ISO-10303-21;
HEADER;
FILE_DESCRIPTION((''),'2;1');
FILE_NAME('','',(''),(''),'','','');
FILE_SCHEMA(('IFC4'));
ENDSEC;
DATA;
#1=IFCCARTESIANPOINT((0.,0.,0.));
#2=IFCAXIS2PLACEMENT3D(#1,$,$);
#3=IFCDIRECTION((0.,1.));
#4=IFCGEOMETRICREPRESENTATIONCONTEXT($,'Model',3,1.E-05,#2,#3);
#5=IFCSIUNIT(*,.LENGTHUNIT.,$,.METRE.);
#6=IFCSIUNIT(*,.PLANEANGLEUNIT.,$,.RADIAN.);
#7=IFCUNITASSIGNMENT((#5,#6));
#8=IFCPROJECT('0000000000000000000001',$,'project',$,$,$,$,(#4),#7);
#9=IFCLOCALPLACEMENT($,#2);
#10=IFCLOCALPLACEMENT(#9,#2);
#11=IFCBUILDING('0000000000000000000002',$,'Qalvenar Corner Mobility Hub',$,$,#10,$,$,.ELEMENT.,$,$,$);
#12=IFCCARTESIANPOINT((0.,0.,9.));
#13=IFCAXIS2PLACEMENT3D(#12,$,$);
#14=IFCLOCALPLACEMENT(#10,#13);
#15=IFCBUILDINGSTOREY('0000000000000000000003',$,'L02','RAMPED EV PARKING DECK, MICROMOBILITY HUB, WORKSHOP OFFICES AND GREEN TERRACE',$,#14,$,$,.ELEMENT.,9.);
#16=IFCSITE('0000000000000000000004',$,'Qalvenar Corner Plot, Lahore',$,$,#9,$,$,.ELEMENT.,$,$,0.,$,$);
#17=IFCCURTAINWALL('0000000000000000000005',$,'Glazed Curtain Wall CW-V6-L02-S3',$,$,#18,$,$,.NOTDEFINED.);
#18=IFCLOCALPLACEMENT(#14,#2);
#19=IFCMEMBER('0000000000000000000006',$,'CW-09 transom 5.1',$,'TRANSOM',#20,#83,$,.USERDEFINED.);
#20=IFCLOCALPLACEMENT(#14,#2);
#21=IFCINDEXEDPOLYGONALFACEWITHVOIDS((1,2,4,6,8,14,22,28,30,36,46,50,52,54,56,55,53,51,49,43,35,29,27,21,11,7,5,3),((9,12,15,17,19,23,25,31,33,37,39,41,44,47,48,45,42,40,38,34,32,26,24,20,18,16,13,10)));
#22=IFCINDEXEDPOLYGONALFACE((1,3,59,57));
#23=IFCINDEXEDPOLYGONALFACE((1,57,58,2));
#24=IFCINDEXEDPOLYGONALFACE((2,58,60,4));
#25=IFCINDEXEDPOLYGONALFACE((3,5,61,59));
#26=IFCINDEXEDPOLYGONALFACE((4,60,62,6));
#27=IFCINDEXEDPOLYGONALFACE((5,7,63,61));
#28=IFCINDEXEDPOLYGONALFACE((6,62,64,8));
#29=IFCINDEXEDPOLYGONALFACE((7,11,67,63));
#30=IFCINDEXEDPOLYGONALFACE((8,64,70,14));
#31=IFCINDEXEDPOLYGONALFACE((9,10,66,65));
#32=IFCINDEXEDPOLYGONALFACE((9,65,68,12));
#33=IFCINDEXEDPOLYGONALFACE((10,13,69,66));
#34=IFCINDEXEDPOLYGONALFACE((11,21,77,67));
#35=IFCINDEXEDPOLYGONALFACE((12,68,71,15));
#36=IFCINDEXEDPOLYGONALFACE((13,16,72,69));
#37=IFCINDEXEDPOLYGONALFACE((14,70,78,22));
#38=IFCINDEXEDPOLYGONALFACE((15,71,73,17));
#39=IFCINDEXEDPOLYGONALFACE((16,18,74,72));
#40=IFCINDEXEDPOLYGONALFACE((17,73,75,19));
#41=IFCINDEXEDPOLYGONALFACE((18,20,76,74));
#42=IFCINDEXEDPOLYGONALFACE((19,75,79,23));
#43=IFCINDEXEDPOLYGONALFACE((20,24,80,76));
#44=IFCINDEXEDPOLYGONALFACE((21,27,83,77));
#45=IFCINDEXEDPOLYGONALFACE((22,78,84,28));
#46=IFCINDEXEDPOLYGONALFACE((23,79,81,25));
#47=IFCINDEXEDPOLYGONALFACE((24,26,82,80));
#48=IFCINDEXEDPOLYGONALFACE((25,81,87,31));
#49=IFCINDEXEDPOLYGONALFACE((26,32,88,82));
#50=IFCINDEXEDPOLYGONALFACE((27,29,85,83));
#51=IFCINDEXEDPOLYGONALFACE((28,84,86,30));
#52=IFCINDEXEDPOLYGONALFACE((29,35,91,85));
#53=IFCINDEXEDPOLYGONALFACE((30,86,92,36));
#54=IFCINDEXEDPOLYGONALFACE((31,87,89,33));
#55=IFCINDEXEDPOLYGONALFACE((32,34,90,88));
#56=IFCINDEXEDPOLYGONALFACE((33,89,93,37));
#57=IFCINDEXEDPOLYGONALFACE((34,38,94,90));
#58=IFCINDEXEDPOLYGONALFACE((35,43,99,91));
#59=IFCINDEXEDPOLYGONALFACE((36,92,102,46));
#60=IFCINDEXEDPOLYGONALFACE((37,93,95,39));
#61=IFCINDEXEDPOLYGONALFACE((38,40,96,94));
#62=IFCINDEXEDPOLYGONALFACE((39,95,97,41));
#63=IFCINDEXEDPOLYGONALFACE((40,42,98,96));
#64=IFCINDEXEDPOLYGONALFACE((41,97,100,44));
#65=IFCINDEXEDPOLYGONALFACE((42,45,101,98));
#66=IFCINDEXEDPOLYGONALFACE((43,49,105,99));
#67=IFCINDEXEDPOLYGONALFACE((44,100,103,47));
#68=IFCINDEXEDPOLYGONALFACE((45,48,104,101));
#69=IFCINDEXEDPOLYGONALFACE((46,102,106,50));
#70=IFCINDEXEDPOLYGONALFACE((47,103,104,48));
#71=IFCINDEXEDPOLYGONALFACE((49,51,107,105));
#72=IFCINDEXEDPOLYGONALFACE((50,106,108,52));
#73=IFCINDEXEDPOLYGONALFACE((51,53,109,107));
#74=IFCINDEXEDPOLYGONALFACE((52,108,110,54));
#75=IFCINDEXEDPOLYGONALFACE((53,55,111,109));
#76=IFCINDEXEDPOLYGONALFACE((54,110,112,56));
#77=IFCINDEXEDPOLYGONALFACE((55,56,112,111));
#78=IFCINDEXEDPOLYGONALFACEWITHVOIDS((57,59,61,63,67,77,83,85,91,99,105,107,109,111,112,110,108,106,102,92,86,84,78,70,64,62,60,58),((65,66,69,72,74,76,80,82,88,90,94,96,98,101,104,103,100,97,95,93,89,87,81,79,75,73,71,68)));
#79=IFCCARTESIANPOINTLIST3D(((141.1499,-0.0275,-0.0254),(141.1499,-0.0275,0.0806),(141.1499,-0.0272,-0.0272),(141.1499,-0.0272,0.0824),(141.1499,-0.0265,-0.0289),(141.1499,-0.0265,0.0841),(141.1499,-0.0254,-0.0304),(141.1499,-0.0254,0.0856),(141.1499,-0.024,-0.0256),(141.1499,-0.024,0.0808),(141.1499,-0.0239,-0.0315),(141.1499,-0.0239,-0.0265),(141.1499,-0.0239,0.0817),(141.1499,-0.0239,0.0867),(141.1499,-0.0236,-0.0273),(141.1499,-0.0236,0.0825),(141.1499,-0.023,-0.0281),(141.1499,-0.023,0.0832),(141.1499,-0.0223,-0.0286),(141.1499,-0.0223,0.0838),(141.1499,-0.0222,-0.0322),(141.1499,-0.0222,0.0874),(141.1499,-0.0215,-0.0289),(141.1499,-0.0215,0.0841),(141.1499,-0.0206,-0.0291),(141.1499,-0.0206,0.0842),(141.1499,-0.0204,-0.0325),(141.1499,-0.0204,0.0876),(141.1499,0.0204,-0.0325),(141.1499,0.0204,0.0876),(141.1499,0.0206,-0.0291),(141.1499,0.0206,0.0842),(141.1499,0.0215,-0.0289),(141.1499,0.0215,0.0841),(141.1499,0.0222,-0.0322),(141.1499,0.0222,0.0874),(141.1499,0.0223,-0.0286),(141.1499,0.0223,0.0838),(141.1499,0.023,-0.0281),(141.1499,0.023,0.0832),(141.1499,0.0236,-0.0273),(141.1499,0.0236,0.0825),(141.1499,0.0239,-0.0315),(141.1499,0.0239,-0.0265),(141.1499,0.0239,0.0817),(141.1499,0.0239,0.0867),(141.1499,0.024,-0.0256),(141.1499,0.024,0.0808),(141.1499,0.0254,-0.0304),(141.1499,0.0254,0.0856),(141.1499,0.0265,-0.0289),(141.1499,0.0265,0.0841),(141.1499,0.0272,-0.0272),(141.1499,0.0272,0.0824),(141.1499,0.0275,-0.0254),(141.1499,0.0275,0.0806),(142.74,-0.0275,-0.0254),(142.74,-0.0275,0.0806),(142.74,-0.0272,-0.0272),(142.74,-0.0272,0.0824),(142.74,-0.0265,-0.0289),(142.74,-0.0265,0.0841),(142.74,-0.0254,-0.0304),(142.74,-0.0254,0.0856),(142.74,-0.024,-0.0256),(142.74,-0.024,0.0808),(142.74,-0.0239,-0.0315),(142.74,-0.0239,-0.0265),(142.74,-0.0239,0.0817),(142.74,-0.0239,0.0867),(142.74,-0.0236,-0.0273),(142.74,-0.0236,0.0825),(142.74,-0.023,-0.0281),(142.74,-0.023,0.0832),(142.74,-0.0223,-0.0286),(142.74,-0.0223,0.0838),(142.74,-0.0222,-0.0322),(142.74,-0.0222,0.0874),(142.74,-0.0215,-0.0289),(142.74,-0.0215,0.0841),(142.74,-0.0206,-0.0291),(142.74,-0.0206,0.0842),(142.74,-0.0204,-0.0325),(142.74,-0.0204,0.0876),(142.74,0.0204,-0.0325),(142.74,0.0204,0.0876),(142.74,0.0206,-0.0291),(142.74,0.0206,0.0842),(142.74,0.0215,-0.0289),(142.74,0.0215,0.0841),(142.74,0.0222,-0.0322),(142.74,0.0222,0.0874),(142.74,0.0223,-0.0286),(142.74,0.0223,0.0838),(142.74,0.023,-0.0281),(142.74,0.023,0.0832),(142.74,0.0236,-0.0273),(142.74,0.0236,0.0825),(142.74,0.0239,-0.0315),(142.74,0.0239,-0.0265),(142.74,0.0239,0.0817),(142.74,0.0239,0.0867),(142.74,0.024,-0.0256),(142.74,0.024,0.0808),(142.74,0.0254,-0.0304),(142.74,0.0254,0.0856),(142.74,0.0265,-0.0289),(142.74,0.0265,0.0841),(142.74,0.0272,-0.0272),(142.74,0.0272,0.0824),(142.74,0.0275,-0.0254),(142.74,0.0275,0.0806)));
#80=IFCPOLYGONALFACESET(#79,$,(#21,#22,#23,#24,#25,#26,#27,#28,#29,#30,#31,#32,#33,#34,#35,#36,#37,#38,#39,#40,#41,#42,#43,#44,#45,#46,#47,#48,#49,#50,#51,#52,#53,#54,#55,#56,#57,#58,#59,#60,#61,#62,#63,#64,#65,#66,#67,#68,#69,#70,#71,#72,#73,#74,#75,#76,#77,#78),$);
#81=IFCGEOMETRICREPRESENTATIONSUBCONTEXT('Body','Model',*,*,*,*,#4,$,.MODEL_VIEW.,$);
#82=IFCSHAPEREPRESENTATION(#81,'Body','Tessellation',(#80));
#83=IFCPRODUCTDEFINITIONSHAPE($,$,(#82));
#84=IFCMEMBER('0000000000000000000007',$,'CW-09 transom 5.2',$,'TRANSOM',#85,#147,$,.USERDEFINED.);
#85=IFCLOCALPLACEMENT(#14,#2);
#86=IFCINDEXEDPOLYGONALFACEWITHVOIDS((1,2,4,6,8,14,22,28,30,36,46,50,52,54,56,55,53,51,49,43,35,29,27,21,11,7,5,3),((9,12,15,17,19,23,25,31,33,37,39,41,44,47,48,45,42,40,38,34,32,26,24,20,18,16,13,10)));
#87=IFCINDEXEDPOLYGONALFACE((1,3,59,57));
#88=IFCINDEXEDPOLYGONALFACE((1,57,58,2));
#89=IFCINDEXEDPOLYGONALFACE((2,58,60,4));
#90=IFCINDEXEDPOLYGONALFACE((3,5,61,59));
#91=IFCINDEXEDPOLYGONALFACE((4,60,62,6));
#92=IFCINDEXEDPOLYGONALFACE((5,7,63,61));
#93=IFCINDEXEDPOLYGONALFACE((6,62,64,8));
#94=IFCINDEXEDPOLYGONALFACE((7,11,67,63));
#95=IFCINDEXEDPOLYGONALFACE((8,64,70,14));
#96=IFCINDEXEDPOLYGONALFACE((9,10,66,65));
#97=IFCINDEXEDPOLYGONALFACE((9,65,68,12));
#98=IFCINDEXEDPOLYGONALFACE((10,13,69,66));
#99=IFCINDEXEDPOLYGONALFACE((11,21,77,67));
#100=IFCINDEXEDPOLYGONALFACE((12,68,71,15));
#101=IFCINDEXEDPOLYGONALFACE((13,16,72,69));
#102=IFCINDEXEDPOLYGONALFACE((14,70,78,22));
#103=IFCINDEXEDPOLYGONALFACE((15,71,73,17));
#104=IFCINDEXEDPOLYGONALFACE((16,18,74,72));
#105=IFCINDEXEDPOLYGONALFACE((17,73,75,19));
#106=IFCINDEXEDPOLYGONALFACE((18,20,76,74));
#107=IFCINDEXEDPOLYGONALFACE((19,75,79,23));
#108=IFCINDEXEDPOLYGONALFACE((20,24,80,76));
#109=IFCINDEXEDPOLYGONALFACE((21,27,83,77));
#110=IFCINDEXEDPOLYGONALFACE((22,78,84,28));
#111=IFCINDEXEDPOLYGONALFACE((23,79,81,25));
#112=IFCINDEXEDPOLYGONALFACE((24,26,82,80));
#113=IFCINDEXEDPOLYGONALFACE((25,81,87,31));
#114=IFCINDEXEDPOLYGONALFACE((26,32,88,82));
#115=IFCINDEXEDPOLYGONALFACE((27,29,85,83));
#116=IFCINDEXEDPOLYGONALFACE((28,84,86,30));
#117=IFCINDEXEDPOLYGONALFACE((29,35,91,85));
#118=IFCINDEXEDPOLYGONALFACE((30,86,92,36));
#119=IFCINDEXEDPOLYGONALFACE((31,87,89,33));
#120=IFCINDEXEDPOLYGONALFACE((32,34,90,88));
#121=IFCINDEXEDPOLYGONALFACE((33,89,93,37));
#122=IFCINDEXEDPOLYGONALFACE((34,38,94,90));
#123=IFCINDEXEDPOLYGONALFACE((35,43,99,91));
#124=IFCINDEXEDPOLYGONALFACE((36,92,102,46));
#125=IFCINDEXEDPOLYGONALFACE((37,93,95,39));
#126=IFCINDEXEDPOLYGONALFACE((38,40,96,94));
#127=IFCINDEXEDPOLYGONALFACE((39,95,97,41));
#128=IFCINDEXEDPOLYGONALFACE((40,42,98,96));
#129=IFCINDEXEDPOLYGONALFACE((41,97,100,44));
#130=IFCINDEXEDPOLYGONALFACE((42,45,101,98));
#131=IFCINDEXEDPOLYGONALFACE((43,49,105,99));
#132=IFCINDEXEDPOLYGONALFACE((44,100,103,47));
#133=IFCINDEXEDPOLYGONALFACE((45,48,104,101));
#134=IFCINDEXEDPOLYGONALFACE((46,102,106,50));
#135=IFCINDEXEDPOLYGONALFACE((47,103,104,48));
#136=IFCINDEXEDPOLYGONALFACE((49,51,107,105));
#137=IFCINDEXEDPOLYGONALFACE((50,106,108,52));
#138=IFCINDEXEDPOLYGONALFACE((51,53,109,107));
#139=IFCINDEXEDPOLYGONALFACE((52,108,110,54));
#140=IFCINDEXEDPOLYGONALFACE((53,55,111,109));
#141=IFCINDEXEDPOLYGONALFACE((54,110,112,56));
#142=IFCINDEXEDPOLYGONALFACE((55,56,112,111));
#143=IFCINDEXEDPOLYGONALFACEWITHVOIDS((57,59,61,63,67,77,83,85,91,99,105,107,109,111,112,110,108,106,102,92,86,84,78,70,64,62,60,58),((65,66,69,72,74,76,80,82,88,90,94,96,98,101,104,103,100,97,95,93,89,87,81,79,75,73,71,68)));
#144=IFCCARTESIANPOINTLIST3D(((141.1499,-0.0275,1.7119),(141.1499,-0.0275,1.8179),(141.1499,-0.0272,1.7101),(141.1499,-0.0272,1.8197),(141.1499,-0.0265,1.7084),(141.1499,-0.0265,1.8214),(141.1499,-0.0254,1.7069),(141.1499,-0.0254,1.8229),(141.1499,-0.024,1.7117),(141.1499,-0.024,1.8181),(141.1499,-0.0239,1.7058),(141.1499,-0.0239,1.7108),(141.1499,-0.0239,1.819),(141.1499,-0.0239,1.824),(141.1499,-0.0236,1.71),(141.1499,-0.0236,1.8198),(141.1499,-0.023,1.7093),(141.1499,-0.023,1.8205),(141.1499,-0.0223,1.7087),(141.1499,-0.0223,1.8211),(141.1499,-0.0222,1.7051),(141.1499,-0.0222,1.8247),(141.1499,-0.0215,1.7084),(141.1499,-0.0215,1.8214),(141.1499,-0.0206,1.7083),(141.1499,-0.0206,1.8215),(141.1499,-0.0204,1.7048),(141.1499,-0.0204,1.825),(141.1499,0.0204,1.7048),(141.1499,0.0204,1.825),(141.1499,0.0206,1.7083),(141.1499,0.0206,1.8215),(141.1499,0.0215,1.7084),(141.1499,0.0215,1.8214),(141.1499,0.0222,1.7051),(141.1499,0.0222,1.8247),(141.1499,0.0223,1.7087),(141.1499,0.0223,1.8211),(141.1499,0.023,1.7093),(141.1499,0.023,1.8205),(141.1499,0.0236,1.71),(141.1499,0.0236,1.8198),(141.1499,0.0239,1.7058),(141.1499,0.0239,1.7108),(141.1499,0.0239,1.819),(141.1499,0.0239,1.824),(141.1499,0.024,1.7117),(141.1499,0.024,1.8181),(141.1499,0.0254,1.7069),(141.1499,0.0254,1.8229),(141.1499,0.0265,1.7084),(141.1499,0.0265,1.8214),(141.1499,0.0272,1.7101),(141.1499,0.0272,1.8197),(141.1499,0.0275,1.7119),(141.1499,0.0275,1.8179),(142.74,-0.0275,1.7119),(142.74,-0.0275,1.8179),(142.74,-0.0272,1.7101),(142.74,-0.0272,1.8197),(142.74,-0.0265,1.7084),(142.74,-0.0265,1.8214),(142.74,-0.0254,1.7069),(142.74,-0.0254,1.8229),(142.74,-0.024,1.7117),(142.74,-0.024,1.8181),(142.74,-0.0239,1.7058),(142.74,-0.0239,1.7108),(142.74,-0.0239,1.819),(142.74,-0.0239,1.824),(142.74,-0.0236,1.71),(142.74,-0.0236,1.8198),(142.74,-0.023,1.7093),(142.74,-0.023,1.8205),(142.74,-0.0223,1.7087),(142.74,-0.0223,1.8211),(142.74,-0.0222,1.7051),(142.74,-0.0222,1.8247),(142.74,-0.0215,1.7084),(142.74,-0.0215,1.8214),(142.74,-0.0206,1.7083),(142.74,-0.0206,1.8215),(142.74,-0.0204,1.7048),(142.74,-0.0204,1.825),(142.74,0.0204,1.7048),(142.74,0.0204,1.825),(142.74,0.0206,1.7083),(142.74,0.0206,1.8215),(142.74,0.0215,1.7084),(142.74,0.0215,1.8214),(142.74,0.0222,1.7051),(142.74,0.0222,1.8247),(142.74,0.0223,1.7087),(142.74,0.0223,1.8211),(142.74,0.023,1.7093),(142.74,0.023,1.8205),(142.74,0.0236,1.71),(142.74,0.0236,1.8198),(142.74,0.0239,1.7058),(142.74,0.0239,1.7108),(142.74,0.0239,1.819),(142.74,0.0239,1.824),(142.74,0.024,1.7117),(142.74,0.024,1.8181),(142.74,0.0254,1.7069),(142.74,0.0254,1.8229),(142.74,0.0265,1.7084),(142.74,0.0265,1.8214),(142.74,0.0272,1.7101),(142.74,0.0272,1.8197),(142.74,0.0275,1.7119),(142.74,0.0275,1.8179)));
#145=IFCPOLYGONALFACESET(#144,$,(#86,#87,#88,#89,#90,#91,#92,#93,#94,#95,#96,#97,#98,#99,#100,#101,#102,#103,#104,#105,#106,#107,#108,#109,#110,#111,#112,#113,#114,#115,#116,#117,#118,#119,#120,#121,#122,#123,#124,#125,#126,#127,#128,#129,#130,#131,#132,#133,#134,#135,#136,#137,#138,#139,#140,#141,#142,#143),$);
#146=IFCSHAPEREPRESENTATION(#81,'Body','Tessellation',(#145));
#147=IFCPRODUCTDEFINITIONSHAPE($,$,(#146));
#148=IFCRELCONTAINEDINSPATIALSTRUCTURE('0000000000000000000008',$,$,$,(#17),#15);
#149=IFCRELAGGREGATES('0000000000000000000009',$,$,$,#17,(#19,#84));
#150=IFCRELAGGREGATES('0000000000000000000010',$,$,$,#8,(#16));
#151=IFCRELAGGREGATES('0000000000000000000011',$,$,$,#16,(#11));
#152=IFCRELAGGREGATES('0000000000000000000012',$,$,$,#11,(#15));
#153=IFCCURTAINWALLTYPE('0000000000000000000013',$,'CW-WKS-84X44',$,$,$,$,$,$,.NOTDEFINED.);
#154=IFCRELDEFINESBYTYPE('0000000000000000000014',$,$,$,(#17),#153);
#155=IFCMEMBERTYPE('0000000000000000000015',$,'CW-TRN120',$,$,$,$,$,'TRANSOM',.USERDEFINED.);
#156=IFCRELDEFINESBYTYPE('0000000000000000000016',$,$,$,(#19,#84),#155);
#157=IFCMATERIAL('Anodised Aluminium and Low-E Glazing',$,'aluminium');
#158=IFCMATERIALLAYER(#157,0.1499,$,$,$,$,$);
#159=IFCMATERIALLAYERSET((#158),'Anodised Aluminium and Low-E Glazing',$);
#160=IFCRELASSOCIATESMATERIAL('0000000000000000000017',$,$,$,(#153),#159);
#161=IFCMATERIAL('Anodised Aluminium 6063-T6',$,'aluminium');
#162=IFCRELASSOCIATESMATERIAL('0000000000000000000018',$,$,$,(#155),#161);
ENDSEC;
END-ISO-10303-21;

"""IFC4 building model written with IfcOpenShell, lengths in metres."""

from ifc_helpers import new_model, si_unit, direction, frame, origin, origin_2d, place, context, subcontext, project, spatial, hollow_rectangle, extrude, material, layer, layer_set, material_profile, profile_set, type_object, element, aggregate, save


model = new_model("IFC4")

# Units and contexts
model_context = context("Model", 3, precision=1e-05, world=origin(), true_north=direction((0.0, 1.0)))
body_context = subcontext(model_context, "Body", "Model", "MODEL_VIEW")
ifc_project = project(units=[si_unit("LENGTHUNIT", "METRE"), si_unit("PLANEANGLEUNIT", "RADIAN")], contexts=[model_context])

# Site, building, storey
site_placement = place(None, origin())
site = spatial("IfcSite", under=ifc_project, at=site_placement, Name="Qalvenar Corner Plot, Lahore", CompositionType="ELEMENT", RefElevation=0.0)
building_placement = place(site_placement, origin())
building = spatial("IfcBuilding", under=site, at=building_placement, Name="Qalvenar Corner Mobility Hub", CompositionType="ELEMENT")
storey_placement = place(building_placement, frame((0.0, 0.0, 9.0)))
storey = spatial("IfcBuildingStorey", under=building, at=storey_placement, Name="L02", Description="RAMPED EV PARKING DECK, MICROMOBILITY HUB, WORKSHOP OFFICES AND GREEN TERRACE", CompositionType="ELEMENT", Elevation=9.0)

# Curtain wall, members
ifc_material_1 = material(Name="Anodised Aluminium and Low-E Glazing", Category="aluminium")
ifc_layer_1 = layer(ifc_material_1, 0.1499)
ifc_layer_set_1 = layer_set([ifc_layer_1], Name="Anodised Aluminium and Low-E Glazing")
curtain_wall_type = type_object("IfcCurtainWallType", Name="CW-WKS-84X44", PredefinedType="NOTDEFINED", material=ifc_layer_set_1)
curtain_wall_placement = place(storey_placement, origin())
curtain_wall = element("IfcCurtainWall", 1, at=curtain_wall_placement, inside=storey, type_object=curtain_wall_type, Name="Glazed Curtain Wall CW-V6-L02-S3", PredefinedType="NOTDEFINED")
ifc_material_2 = material(Name="Anodised Aluminium 6063-T6", Category="aluminium")
ifc_material_profile_1 = material_profile(ifc_material_2, hollow_rectangle(XDim=0.0549, YDim=0.1201, WallThickness=0.0034, InnerFilletRadius=0.0034, OuterFilletRadius=0.0071, at=origin_2d()), Name="RHS120x55x3.5")
ifc_profile_set_1 = profile_set([ifc_material_profile_1], Name="Anodised Aluminium 6063-T6")
member_type_1 = type_object("IfcMemberType", Name="CW-TRN120", ElementType="TRANSOM", PredefinedType="USERDEFINED", material=ifc_profile_set_1)
member_1_placement = place(storey_placement, frame((141.1499, 0.0, 0.0276), z_axis=(1.0, 0.0, 0.0), x_axis=(0.0, 1.0, 0.0)))
member_1 = element("IfcMember", 2, at=member_1_placement, type_object=member_type_1, Name="CW-09 transom 5.1", ObjectType="TRANSOM", PredefinedType="USERDEFINED", context=body_context, shape_type="SweptSolid", body=[
    extrude(hollow_rectangle(XDim=0.0549, YDim=0.1201, WallThickness=0.0034, InnerFilletRadius=0.0034, OuterFilletRadius=0.0071, at=origin_2d()), origin(), (0.0, 0.0, 1.0), 1.5901),
])
member_2_placement = place(storey_placement, frame((141.1499, 0.0, 1.7649), z_axis=(1.0, 0.0, 0.0), x_axis=(0.0, 1.0, 0.0)))
member_2 = element("IfcMember", 3, at=member_2_placement, type_object=member_type_1, Name="CW-09 transom 5.2", ObjectType="TRANSOM", PredefinedType="USERDEFINED", context=body_context, shape_type="SweptSolid", body=[
    extrude(hollow_rectangle(XDim=0.0549, YDim=0.1201, WallThickness=0.0034, InnerFilletRadius=0.0034, OuterFilletRadius=0.0071, at=origin_2d()), origin(), (0.0, 0.0, 1.0), 1.5901),
])
aggregate(curtain_wall, [member_1, member_2])

save(model, "model.ifc")
